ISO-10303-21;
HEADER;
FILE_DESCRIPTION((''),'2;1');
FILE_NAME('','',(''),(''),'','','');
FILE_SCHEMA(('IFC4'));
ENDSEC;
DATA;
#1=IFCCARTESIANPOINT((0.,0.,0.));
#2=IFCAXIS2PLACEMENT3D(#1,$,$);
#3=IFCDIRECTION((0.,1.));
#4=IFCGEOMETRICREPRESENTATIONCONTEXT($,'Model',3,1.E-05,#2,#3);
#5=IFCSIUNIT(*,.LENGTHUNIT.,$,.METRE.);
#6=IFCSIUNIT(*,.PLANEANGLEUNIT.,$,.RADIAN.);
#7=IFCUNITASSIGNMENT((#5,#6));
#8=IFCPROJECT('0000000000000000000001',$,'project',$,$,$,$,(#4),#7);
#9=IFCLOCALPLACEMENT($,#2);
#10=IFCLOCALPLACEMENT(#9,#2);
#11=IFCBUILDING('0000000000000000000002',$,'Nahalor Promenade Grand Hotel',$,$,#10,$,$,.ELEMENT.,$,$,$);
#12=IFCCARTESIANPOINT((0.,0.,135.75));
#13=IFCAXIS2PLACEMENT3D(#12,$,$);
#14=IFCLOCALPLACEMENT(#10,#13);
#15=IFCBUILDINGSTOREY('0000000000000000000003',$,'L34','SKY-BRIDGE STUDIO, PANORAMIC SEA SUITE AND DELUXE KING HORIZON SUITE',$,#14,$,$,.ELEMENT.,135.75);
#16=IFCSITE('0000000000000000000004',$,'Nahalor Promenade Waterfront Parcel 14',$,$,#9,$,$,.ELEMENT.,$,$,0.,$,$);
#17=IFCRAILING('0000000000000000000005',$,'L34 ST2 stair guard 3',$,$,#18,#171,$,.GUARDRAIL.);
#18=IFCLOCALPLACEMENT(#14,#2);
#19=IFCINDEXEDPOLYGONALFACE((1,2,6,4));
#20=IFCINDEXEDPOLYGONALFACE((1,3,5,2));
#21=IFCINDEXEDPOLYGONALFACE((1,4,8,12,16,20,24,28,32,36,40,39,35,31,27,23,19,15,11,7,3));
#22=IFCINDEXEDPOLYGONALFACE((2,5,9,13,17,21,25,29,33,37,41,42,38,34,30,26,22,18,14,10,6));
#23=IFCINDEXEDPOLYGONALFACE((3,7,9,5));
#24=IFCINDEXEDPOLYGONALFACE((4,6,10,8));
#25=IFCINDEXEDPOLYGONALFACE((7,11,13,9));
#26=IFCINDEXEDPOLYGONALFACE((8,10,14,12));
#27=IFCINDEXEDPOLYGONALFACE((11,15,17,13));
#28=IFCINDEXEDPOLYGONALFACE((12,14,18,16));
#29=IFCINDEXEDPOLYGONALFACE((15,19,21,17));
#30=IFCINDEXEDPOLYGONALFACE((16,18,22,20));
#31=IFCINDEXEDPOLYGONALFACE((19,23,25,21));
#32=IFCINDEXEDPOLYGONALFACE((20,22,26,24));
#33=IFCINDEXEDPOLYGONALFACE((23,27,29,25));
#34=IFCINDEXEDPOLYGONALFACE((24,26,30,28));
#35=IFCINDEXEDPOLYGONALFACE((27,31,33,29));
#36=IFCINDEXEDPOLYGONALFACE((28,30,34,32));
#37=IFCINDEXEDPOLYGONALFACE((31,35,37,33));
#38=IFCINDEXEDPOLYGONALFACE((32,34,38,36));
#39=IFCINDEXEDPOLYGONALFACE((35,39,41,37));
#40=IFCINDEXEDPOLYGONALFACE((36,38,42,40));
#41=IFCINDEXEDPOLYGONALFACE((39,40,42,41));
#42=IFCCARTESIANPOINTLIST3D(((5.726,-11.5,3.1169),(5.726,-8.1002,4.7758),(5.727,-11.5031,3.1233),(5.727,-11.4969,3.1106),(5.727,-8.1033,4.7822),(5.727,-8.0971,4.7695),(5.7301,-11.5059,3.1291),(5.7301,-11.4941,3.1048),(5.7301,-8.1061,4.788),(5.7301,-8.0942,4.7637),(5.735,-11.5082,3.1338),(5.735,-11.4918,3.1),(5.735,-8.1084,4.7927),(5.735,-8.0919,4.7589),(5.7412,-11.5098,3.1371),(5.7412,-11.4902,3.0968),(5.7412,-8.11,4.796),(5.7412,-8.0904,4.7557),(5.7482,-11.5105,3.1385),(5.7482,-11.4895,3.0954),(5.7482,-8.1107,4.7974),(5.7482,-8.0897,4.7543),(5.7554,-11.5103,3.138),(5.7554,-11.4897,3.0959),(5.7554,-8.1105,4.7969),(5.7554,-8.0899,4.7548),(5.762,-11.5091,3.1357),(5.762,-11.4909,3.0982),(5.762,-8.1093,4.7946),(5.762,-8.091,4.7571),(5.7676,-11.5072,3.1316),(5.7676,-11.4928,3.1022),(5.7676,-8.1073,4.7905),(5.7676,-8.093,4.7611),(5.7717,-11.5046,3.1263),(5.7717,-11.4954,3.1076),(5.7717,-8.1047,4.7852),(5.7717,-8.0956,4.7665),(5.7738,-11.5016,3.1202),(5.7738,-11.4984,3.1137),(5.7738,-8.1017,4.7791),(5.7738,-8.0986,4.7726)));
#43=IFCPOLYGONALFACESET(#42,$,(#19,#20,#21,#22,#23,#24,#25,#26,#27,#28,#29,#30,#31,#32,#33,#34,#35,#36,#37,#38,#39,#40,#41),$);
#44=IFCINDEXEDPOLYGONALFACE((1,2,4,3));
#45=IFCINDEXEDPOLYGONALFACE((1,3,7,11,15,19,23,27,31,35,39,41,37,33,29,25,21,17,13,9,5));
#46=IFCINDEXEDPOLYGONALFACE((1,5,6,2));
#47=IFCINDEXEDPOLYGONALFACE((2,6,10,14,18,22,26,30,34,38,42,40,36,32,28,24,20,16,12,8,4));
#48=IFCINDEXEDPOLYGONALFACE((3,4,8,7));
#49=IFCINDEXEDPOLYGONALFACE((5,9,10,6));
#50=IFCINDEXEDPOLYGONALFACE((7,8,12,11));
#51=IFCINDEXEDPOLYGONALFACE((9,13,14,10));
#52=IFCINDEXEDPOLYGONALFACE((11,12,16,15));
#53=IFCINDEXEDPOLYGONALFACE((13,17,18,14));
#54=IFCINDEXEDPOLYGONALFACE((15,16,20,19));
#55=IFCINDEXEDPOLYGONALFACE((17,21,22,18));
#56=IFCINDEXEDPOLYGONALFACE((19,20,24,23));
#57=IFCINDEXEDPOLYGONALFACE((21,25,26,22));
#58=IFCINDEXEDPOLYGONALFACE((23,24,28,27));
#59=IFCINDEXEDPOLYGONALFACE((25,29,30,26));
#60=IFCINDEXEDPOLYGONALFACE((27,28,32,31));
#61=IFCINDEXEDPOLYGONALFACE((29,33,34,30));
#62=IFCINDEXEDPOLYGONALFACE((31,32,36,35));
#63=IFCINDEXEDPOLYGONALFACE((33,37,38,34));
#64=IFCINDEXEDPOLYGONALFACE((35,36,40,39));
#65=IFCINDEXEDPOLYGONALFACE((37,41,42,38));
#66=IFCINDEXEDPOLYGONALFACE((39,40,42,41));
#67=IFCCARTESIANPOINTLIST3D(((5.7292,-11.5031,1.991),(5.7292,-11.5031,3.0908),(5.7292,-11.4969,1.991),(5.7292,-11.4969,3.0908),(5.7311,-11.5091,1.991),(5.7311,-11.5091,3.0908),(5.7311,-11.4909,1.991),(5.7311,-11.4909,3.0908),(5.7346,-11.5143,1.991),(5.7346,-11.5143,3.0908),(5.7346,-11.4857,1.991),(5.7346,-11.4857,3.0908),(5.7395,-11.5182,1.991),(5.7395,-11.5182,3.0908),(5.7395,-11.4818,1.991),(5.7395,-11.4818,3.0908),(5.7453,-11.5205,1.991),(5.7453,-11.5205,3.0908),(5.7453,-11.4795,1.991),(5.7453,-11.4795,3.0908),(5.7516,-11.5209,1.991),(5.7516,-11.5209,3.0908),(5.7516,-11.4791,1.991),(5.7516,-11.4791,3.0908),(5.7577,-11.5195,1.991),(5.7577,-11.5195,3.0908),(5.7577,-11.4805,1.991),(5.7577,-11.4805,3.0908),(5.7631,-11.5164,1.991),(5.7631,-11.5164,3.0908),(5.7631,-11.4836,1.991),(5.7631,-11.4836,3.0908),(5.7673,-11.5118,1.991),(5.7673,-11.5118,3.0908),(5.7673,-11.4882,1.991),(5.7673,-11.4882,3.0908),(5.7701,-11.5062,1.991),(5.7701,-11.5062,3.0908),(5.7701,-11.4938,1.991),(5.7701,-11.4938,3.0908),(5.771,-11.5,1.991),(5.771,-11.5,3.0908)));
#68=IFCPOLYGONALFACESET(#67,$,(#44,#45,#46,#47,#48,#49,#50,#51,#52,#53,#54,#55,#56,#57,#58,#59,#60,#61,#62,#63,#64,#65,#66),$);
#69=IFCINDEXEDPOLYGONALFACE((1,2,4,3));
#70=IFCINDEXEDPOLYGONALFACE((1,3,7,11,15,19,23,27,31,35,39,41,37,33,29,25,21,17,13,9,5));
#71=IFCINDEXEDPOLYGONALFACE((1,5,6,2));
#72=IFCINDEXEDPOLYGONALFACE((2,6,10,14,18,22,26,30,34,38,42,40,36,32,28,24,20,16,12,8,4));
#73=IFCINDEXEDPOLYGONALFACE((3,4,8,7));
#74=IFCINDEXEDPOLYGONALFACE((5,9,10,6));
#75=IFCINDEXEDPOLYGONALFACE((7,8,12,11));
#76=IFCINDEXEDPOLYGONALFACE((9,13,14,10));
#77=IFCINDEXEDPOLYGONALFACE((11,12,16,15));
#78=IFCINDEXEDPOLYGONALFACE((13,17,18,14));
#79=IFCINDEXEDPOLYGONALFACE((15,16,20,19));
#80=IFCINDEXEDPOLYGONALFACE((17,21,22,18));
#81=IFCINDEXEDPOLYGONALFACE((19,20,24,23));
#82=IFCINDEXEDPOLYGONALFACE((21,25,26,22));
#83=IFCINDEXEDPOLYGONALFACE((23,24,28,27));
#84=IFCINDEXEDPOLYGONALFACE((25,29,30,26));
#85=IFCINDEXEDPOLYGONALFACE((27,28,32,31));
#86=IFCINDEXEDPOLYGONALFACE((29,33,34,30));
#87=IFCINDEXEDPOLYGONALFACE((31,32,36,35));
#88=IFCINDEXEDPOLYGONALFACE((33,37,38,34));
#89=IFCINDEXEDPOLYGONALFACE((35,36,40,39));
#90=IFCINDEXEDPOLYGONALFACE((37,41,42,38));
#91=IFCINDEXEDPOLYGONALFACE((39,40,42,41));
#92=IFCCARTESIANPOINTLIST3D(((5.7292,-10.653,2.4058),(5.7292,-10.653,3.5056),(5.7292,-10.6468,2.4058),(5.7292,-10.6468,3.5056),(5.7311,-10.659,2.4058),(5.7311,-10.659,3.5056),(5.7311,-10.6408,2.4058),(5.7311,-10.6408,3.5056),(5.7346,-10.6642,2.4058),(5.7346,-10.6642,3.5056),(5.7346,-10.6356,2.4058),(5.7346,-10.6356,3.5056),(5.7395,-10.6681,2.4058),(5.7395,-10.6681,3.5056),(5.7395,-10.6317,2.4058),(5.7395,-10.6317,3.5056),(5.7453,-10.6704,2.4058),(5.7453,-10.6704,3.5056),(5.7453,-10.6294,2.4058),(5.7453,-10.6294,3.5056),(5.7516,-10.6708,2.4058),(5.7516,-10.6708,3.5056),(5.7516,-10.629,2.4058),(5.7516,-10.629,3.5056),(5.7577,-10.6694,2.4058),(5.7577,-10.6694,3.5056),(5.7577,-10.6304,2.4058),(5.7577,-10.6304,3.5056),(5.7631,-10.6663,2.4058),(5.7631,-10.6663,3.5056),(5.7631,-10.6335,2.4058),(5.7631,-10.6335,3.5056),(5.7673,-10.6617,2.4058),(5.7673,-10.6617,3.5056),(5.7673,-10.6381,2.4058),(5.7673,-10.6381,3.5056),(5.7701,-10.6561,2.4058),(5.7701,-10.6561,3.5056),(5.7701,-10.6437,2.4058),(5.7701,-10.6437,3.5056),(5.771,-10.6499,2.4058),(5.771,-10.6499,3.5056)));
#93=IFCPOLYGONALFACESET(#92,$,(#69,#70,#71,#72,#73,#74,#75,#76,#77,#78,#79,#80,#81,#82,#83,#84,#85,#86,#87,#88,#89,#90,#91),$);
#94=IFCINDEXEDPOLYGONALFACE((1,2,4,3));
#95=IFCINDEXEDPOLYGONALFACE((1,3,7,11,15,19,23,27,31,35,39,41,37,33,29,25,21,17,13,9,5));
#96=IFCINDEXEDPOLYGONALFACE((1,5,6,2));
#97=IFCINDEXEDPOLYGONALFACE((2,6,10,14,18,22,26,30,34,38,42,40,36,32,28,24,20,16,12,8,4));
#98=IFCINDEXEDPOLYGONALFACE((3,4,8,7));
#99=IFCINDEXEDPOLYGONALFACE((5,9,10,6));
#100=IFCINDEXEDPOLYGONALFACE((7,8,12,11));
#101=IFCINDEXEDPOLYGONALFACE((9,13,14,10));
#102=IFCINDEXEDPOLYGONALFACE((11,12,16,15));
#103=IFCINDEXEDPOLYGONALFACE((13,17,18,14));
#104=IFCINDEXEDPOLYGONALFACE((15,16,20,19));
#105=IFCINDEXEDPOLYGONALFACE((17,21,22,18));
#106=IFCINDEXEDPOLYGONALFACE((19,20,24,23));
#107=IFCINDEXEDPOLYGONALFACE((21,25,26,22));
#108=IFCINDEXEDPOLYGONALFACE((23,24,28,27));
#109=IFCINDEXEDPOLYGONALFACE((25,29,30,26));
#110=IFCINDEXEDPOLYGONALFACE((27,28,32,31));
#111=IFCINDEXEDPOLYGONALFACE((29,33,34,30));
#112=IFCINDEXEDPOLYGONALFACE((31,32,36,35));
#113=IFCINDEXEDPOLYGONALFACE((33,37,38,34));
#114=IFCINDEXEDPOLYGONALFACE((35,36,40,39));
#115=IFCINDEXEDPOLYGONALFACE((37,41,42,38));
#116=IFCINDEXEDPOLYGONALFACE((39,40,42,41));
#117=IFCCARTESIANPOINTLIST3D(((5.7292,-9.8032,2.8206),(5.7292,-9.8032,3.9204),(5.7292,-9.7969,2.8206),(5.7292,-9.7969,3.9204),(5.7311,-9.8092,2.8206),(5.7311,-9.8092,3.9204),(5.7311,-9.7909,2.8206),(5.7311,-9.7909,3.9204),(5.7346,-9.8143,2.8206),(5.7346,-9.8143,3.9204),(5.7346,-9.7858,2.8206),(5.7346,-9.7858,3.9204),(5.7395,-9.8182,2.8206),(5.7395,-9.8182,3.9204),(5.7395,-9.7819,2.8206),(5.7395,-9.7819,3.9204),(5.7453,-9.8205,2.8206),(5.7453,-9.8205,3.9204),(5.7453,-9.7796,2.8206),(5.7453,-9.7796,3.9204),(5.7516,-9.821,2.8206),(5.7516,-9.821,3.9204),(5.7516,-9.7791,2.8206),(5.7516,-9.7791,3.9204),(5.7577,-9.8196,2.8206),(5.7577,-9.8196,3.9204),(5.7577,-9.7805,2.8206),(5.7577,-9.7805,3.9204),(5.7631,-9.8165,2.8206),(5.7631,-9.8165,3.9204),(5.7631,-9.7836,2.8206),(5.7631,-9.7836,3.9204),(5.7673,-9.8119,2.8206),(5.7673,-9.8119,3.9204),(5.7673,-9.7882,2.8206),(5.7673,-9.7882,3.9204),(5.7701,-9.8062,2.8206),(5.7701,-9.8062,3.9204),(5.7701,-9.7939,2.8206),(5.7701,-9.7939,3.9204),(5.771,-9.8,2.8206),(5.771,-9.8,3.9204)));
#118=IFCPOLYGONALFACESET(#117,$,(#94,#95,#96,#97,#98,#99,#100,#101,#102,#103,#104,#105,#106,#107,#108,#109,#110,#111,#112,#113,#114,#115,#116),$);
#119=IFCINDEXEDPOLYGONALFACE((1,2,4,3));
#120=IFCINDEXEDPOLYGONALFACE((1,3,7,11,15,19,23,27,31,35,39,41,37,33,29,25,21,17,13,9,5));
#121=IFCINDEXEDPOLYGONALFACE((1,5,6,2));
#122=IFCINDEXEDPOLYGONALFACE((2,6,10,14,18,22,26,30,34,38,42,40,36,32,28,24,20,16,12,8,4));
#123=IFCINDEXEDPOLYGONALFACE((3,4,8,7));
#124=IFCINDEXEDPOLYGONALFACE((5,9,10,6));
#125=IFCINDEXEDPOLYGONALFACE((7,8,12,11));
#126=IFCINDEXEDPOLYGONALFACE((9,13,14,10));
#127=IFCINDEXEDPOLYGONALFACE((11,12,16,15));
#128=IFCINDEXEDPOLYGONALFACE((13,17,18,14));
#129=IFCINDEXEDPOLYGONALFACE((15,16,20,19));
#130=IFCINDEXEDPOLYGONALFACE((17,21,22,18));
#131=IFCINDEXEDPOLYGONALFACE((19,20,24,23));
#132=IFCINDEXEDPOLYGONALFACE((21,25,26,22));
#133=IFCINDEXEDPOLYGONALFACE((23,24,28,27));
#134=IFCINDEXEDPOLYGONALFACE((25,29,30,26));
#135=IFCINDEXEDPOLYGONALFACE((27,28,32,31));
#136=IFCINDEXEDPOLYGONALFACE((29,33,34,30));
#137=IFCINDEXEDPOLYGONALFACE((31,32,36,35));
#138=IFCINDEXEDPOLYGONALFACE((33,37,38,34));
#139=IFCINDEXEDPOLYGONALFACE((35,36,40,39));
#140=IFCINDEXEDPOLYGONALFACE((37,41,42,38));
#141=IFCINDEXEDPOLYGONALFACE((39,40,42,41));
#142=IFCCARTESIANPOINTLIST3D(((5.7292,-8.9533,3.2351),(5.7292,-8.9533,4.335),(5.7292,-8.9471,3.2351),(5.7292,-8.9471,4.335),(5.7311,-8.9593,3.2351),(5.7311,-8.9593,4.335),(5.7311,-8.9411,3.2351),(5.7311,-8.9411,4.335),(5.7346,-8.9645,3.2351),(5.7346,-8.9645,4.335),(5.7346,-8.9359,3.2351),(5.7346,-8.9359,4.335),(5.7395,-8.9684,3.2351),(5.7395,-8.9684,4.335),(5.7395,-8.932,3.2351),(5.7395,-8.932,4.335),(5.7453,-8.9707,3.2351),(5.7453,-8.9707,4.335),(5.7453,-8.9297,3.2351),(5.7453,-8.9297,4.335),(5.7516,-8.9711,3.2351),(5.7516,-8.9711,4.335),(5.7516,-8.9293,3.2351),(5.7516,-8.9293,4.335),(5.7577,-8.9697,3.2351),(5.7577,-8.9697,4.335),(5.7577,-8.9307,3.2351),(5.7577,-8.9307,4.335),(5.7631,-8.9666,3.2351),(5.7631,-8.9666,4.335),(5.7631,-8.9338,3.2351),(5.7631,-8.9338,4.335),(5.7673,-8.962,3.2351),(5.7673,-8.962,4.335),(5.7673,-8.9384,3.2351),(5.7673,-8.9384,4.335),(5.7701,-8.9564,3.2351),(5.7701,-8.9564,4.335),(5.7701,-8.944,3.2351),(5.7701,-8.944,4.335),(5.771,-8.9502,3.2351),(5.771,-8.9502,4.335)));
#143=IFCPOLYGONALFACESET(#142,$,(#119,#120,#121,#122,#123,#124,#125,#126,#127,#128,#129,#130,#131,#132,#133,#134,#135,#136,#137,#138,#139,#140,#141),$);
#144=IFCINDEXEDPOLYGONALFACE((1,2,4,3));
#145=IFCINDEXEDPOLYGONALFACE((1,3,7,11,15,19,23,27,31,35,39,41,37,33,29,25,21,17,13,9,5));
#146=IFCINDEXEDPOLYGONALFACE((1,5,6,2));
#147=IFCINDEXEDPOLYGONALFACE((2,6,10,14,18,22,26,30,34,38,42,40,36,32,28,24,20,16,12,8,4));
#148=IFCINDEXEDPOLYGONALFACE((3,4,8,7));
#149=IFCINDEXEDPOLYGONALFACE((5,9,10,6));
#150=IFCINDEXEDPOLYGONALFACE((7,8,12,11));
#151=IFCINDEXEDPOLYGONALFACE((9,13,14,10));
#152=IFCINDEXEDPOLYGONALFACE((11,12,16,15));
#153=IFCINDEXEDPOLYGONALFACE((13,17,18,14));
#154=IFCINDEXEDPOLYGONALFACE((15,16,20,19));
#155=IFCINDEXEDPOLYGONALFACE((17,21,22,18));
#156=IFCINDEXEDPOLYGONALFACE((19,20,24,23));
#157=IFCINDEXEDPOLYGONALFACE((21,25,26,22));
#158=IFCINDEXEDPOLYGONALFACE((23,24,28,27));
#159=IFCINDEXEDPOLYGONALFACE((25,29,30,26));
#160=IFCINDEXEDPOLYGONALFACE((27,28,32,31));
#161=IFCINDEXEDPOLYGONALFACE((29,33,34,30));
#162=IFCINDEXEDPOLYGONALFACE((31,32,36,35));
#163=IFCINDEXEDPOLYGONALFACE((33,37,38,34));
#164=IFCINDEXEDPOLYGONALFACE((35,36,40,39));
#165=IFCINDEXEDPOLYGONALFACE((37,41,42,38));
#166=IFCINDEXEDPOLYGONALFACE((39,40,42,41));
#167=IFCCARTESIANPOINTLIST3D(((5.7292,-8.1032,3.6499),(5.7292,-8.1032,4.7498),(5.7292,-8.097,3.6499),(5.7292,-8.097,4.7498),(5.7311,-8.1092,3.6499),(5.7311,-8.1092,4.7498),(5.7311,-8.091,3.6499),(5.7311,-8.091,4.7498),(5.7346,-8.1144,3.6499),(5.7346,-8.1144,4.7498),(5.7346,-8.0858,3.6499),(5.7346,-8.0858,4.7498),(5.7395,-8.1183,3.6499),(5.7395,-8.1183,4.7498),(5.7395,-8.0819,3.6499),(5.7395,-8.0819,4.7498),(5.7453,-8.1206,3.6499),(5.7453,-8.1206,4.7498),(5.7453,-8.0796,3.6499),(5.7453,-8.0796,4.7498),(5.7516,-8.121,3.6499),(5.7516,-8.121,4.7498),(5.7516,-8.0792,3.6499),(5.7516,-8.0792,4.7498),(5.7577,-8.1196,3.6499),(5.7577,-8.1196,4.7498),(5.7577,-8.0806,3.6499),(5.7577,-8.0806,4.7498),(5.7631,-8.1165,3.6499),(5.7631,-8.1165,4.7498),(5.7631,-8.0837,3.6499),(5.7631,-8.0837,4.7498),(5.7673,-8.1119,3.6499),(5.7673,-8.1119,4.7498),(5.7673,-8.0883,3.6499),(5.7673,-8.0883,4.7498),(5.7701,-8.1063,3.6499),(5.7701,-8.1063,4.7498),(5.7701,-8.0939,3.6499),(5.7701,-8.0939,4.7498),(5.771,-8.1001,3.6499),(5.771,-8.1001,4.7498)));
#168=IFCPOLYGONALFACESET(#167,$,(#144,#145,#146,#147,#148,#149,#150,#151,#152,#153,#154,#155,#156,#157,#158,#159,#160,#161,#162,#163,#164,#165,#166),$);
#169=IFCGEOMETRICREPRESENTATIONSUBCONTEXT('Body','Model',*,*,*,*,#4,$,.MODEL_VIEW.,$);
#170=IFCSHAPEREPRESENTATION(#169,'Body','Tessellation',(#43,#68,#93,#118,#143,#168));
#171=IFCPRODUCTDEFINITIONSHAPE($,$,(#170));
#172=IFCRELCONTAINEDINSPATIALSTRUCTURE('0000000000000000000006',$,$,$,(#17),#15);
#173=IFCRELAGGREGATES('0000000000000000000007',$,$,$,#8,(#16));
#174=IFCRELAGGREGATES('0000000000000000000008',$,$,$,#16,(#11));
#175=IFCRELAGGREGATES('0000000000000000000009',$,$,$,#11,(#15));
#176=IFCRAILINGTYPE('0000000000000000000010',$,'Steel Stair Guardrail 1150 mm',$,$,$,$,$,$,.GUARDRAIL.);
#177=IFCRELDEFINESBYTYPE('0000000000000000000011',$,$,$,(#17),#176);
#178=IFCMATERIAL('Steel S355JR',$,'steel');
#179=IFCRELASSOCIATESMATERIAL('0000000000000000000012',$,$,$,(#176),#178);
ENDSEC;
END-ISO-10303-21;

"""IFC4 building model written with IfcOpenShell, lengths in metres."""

from ifc_helpers import new_model, si_unit, direction, frame, origin, origin_2d, place, context, subcontext, project, spatial, circle, extrude, material, type_object, element, save


model = new_model("IFC4")

# Units and contexts
model_context = context("Model", 3, precision=1e-05, world=origin(), true_north=direction((0.0, 1.0)))
body_context = subcontext(model_context, "Body", "Model", "MODEL_VIEW")
ifc_project = project(units=[si_unit("LENGTHUNIT", "METRE"), si_unit("PLANEANGLEUNIT", "RADIAN")], contexts=[model_context])

# Site, building, storey
site_placement = place(None, origin())
site = spatial("IfcSite", under=ifc_project, at=site_placement, Name="Nahalor Promenade Waterfront Parcel 14", CompositionType="ELEMENT", RefElevation=0.0)
building_placement = place(site_placement, origin())
building = spatial("IfcBuilding", under=site, at=building_placement, Name="Nahalor Promenade Grand Hotel", CompositionType="ELEMENT")
storey_placement = place(building_placement, frame((0.0, 0.0, 135.75)))
storey = spatial("IfcBuildingStorey", under=building, at=storey_placement, Name="L34", Description="SKY-BRIDGE STUDIO, PANORAMIC SEA SUITE AND DELUXE KING HORIZON SUITE", CompositionType="ELEMENT", Elevation=135.75)

# Shared definitions
ifc_material_1 = material(Name="Steel S355JR", Category="steel")

# Railing
railing_type_1 = type_object("IfcRailingType", Name="Steel Stair Guardrail 1150 mm", PredefinedType="GUARDRAIL", material=ifc_material_1)
railing_1_placement = place(storey_placement, frame((5.75, -11.5, 1.991)))
element("IfcRailing", 1, at=railing_1_placement, inside=storey, type_object=railing_type_1, Name="L34 ST2 stair guard 3", PredefinedType="GUARDRAIL", context=body_context, shape_type="SweptSolid", body=[
    extrude(circle(Radius=0.024, at=origin_2d()), frame((0.0, 0.0, 1.126), z_axis=(0.0, 0.898722, 0.438519), x_axis=(-1.0, 0.0, 0.0)), (0.0, 0.0, 1.0), 3.783),
    extrude(circle(Radius=0.021, at=origin_2d()), origin(), (0.0, 0.0, 1.0), 1.0999),
    extrude(circle(Radius=0.021, at=origin_2d()), frame((0.0, 0.8501, 0.4148)), (0.0, 0.0, 1.0), 1.0999),
    extrude(circle(Radius=0.021, at=origin_2d()), frame((0.0, 1.7, 0.8296)), (0.0, 0.0, 1.0), 1.0999),
    extrude(circle(Radius=0.021, at=origin_2d()), frame((0.0, 2.5498, 1.2441)), (0.0, 0.0, 1.0), 1.0999),
    extrude(circle(Radius=0.021, at=origin_2d()), frame((0.0, 3.3999, 1.6589)), (0.0, 0.0, 1.0), 1.0999),
])

save(model, "model.ifc")
